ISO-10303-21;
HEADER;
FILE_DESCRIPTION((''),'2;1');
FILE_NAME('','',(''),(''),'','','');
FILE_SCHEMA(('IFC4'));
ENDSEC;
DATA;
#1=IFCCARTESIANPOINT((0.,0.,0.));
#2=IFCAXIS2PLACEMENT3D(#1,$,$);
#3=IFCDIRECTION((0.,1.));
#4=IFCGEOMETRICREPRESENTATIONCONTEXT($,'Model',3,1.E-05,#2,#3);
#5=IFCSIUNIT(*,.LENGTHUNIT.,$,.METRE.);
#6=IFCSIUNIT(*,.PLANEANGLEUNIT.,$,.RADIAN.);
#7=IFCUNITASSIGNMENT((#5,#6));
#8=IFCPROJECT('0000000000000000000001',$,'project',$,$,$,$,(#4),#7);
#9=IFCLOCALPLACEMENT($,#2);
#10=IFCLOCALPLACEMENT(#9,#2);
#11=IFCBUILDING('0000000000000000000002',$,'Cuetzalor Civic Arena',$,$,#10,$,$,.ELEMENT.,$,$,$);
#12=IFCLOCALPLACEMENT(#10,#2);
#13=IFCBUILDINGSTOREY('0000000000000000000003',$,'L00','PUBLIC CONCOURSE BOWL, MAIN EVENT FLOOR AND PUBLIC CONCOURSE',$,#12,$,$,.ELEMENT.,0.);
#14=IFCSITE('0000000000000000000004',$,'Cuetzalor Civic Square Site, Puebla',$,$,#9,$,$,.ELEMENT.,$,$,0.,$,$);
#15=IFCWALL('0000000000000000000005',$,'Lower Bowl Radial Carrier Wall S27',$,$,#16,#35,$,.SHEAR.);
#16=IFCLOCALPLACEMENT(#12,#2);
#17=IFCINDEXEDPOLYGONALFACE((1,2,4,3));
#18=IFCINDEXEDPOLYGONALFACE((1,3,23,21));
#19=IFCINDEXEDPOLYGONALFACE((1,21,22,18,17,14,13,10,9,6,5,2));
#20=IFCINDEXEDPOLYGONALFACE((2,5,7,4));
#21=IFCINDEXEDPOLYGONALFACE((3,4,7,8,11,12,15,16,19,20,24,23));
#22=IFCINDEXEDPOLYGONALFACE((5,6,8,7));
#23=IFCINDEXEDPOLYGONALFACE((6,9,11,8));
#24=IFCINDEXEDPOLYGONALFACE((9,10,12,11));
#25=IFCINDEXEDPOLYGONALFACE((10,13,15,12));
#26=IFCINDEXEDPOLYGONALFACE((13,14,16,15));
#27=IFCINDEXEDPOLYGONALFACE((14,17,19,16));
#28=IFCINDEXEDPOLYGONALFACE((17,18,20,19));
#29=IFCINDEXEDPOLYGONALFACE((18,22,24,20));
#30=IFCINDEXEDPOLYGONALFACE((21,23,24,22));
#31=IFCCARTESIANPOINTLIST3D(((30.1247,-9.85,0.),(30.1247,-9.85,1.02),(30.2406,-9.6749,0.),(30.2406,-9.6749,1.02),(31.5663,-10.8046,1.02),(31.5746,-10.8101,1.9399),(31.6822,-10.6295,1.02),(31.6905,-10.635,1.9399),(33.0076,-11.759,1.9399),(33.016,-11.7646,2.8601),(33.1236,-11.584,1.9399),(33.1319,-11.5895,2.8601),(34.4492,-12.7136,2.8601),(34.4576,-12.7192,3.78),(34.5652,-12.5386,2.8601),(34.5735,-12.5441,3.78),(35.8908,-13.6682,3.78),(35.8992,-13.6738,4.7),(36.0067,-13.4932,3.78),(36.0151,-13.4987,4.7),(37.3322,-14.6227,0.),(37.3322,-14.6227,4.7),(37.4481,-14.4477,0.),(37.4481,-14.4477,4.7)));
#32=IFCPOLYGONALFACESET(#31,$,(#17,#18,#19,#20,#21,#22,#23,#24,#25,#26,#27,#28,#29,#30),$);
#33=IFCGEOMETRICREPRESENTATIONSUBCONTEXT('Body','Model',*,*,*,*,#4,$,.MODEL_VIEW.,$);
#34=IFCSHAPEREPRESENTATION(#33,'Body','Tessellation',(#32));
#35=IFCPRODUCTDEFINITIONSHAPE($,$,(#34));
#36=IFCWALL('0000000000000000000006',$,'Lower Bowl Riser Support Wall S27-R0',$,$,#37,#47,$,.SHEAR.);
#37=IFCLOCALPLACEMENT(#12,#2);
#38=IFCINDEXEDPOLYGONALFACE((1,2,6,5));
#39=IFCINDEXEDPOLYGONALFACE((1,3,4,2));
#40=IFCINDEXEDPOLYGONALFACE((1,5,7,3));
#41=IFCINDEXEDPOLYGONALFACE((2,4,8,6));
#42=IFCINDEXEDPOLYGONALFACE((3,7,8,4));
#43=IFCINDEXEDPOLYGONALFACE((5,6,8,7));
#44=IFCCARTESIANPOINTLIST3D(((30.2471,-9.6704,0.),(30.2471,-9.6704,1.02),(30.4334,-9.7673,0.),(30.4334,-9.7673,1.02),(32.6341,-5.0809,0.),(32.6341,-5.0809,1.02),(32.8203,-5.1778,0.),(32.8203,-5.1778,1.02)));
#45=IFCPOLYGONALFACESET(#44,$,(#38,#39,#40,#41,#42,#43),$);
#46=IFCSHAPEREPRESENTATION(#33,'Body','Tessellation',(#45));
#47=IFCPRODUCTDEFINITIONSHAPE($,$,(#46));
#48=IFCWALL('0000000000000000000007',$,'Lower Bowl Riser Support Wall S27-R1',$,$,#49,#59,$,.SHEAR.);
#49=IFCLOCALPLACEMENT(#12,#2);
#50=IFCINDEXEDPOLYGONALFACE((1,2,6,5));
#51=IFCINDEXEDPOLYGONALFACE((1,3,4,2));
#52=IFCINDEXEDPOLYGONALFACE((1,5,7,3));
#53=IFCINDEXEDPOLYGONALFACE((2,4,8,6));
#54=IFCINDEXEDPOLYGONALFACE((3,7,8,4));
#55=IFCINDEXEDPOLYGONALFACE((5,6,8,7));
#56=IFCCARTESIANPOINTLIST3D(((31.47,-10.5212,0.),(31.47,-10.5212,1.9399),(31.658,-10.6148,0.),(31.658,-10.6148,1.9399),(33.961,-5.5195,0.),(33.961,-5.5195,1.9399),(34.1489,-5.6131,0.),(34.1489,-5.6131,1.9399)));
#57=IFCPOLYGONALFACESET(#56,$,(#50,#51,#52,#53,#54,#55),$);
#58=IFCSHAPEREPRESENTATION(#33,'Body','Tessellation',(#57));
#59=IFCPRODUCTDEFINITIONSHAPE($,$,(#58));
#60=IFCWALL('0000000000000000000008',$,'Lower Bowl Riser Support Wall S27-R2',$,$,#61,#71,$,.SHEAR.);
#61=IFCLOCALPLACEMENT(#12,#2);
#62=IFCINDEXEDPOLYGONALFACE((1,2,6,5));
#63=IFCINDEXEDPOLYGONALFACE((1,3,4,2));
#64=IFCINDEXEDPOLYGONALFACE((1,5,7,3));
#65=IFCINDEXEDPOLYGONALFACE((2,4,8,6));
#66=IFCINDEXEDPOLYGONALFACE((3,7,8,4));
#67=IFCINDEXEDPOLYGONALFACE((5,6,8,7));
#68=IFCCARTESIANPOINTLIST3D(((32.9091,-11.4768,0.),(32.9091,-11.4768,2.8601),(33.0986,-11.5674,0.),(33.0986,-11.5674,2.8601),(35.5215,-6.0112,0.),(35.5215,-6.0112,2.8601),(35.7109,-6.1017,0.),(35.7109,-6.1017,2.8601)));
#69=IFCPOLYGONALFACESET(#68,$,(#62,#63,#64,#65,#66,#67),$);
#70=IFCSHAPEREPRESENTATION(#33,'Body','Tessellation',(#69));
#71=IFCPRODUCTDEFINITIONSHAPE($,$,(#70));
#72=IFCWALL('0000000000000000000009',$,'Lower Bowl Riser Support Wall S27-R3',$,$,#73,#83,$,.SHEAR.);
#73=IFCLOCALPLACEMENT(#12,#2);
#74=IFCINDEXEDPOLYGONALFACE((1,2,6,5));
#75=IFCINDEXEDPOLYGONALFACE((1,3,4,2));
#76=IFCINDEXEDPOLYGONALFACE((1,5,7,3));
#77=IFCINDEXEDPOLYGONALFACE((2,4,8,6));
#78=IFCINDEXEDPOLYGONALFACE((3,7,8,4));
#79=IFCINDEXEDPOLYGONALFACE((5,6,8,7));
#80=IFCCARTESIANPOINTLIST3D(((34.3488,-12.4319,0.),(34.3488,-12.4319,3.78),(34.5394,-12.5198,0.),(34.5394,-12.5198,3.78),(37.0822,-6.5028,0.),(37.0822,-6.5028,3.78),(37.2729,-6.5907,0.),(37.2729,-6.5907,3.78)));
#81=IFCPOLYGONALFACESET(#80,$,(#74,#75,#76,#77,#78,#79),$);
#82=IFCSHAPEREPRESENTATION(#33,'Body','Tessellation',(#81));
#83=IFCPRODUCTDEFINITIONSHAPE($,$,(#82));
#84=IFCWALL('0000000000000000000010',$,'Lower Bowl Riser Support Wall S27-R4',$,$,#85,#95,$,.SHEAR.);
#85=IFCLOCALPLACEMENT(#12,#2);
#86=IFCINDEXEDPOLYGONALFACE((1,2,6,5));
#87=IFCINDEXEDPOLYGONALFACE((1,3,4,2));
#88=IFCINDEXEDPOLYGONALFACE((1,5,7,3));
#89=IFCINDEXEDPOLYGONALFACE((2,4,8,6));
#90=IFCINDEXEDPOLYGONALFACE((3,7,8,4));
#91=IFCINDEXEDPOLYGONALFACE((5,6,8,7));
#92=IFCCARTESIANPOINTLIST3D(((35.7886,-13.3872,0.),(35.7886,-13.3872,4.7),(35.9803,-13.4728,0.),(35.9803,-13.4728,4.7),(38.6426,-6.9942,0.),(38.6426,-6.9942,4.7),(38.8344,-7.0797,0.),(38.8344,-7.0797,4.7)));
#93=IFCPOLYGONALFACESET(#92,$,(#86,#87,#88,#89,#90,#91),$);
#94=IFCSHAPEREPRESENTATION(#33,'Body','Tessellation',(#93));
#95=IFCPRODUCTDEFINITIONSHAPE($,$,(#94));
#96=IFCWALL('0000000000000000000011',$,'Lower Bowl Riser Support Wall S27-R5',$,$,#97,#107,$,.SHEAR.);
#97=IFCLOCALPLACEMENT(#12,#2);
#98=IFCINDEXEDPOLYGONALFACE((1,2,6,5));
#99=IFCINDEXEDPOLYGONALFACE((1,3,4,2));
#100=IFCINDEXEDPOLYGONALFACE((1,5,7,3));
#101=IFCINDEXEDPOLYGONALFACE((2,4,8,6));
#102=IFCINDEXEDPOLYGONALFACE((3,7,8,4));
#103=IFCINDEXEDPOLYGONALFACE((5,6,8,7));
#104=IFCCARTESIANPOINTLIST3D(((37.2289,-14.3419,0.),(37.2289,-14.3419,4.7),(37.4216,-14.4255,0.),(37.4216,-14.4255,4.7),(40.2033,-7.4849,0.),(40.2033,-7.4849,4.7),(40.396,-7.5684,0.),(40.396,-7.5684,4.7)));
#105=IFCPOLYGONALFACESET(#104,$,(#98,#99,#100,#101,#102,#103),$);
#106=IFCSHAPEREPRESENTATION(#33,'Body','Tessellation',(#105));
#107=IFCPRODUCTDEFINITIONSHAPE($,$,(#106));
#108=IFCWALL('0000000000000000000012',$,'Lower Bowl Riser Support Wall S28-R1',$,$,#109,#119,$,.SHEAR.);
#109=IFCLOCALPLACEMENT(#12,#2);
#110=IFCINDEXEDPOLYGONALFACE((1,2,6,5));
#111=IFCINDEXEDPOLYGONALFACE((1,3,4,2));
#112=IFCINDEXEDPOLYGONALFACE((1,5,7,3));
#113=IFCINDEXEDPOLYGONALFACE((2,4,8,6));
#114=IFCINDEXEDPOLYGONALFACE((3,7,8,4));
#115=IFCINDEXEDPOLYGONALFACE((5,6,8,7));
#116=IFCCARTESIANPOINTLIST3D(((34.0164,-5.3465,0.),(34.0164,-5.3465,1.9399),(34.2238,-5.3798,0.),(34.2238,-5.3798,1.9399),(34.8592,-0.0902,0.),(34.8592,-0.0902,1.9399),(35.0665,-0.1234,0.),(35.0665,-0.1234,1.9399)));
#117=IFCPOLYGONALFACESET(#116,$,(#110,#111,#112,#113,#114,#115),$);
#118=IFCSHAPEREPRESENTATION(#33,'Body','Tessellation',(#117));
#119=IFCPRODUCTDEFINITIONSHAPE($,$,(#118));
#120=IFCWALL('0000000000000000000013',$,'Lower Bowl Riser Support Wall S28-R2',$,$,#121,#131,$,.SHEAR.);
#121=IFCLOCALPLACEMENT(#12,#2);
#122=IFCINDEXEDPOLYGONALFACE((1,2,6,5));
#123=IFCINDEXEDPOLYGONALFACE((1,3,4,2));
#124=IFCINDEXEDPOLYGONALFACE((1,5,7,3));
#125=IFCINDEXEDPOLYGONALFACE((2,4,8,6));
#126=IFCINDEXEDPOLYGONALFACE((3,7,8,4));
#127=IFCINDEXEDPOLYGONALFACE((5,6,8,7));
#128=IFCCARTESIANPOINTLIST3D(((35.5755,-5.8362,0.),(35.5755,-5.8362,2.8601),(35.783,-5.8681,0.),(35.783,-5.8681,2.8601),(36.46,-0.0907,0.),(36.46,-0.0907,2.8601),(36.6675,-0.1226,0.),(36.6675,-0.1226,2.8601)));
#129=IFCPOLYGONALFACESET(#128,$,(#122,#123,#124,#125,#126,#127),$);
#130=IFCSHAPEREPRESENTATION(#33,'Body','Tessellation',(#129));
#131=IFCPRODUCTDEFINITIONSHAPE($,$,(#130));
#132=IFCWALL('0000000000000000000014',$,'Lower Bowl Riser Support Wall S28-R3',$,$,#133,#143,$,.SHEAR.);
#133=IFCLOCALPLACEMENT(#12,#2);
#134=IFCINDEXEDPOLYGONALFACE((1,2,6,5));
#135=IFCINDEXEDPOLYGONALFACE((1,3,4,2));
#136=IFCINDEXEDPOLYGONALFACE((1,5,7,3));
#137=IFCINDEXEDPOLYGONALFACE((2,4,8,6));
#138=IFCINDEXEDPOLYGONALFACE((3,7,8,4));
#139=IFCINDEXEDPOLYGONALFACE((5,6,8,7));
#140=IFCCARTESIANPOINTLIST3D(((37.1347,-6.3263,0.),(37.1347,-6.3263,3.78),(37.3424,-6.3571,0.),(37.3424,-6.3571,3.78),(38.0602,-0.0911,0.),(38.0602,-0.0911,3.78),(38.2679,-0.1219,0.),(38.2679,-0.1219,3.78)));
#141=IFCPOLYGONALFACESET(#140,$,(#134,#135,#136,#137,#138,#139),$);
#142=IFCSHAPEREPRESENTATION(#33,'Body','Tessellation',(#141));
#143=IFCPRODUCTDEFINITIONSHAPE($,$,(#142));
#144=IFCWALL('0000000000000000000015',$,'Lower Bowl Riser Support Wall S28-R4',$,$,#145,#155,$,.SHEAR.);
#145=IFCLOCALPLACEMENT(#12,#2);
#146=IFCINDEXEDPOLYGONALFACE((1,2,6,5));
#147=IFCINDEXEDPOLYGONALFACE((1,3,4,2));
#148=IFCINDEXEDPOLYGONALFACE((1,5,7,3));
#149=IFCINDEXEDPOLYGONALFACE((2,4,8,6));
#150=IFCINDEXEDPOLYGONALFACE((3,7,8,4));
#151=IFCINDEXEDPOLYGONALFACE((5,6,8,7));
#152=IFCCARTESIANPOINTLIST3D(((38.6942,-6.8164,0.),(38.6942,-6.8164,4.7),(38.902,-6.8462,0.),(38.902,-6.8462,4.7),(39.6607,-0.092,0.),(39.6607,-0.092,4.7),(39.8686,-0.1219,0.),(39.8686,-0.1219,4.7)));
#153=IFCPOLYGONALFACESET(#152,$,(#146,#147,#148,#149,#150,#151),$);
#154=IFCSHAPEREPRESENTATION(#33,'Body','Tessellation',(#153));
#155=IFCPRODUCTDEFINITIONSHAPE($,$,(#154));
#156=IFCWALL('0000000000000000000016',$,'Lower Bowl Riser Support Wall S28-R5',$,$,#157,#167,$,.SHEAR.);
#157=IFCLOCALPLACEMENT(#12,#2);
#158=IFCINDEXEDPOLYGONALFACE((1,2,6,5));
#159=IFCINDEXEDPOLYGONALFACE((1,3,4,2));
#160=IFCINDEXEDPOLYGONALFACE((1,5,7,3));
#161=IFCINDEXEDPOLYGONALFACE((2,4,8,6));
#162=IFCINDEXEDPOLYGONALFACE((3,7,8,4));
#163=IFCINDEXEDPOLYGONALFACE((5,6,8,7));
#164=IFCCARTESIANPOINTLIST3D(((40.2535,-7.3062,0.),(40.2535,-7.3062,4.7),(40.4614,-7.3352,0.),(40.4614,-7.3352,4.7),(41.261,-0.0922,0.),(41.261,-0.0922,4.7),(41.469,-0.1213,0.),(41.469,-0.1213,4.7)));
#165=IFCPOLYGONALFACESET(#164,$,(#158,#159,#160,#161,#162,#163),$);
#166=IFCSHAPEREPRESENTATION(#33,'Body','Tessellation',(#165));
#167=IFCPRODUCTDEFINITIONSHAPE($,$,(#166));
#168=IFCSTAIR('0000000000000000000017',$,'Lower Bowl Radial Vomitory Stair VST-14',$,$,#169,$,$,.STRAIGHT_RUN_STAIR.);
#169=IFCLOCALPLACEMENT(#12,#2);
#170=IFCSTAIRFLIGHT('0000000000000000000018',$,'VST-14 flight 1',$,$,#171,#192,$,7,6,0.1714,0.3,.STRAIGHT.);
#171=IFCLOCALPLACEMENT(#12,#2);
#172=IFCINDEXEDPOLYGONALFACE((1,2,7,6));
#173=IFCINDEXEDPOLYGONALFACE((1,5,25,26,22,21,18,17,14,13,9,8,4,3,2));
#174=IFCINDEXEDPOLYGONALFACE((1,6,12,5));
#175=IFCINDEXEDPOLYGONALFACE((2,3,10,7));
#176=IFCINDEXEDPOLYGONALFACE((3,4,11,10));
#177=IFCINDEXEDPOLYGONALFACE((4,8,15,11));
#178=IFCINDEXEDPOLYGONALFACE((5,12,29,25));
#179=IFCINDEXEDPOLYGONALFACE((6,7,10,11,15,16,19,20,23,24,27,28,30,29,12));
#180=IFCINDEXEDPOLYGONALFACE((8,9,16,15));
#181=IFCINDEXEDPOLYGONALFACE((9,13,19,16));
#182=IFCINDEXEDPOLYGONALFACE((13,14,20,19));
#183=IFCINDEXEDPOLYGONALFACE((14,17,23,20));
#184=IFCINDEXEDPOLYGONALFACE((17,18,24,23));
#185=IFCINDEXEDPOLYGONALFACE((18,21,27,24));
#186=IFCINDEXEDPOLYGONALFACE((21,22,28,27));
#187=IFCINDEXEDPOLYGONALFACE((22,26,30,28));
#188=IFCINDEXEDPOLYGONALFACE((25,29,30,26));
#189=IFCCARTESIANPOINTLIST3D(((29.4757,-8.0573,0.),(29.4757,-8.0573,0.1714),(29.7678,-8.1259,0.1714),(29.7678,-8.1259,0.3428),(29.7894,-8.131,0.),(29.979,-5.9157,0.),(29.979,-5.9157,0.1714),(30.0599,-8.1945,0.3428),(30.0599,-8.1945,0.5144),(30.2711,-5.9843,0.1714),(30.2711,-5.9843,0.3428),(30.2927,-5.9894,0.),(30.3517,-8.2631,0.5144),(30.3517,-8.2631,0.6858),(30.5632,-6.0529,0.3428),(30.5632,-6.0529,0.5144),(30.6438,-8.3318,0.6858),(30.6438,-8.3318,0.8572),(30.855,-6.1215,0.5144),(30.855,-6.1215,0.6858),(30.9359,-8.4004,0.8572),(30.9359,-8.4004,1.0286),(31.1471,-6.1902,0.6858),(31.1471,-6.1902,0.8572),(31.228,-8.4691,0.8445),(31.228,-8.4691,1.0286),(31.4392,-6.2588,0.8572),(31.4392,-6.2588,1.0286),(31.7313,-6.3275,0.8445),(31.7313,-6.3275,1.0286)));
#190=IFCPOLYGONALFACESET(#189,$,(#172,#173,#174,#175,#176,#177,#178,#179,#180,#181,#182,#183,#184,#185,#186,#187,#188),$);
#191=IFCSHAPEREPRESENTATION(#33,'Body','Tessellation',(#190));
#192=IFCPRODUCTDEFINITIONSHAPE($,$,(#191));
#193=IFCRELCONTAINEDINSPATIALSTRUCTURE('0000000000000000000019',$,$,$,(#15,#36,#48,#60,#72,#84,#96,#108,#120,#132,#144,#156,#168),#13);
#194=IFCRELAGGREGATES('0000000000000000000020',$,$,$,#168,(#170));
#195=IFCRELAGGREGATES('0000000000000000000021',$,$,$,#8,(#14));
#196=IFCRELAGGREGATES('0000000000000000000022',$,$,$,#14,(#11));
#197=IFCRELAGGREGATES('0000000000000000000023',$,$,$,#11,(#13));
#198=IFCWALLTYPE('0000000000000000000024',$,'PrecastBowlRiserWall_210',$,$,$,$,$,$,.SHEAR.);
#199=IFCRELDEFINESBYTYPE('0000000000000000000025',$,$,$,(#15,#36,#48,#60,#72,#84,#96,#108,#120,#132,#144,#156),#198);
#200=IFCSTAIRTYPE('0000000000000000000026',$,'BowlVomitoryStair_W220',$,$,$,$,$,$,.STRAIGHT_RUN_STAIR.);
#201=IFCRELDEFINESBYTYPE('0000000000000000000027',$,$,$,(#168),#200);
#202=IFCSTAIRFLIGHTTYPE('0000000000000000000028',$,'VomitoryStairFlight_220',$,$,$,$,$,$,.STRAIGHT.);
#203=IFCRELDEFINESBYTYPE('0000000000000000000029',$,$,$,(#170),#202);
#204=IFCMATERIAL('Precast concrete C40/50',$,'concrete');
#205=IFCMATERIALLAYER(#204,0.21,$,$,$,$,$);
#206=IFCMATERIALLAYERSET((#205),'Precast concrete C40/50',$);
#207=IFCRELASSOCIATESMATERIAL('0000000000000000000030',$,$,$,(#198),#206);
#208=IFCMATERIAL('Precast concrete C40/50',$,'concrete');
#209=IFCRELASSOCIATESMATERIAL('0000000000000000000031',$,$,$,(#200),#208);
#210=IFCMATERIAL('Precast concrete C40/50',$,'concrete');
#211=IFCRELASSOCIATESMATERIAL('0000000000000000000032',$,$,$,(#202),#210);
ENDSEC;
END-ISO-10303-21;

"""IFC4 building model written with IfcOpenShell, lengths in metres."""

from ifc_helpers import new_model, si_unit, direction, frame, frame_2d, origin, place, context, subcontext, project, spatial, polyline, rectangle, outline, extrude, material, layer, layer_set, type_object, element, aggregate, save


model = new_model("IFC4")

# Units and contexts
model_context = context("Model", 3, precision=1e-05, world=origin(), true_north=direction((0.0, 1.0)))
body_context = subcontext(model_context, "Body", "Model", "MODEL_VIEW")
ifc_project = project(units=[si_unit("LENGTHUNIT", "METRE"), si_unit("PLANEANGLEUNIT", "RADIAN")], contexts=[model_context])

# Site, building, storey
site_placement = place(None, origin())
site = spatial("IfcSite", under=ifc_project, at=site_placement, Name="Cuetzalor Civic Square Site, Puebla", CompositionType="ELEMENT", RefElevation=0.0)
building_placement = place(site_placement, origin())
building = spatial("IfcBuilding", under=site, at=building_placement, Name="Cuetzalor Civic Arena", CompositionType="ELEMENT")
storey_placement = place(building_placement, origin())
storey = spatial("IfcBuildingStorey", under=building, at=storey_placement, Name="L00", Description="PUBLIC CONCOURSE BOWL, MAIN EVENT FLOOR AND PUBLIC CONCOURSE", CompositionType="ELEMENT", Elevation=0.0)

# Walls
ifc_material_1 = material(Name="Precast concrete C40/50", Category="concrete")
ifc_layer_1 = layer(ifc_material_1, 0.21)
ifc_layer_set_1 = layer_set([ifc_layer_1], Name="Precast concrete C40/50")
wall_type_1 = type_object("IfcWallType", Name="PrecastBowlRiserWall_210", PredefinedType="SHEAR", material=ifc_layer_set_1)
wall_1_placement = place(storey_placement, frame((30.1826, -9.7625, 0.0), z_axis=(0.0, 0.0, 1.0), x_axis=(0.833771, -0.55211, 0.0)))
element("IfcWall", 1, at=wall_1_placement, inside=storey, type_object=wall_type_1, Name="Lower Bowl Radial Carrier Wall S27", PredefinedType="SHEAR", context=body_context, shape_type="SweptSolid", body=[
    extrude(outline(polyline([(0.0, 0.0), (8.6445, 0.0), (8.6445, 4.7), (6.9258, 4.7), (6.9158, 3.78), (5.1968, 3.78), (5.1868, 2.8601), (3.4678, 2.8601), (3.4578, 1.9399), (1.739, 1.9399), (1.729, 1.02), (0.0, 1.02), (0.0, 0.0)])), frame((0.0, 0.105, 0.0), z_axis=(0.0, -1.0, 0.0), x_axis=(1.0, 0.0, 0.0)), (0.0, 0.0, 1.0), 0.21),
])
wall_2_placement = place(storey_placement, frame((30.3403, -9.7188, 0.0), z_axis=(0.0, 0.0, 1.0), x_axis=(0.461409, 0.887187, 0.0)))
element("IfcWall", 2, at=wall_2_placement, inside=storey, type_object=wall_type_1, Name="Lower Bowl Riser Support Wall S27-R0", PredefinedType="SHEAR", context=body_context, shape_type="SweptSolid", body=[
    extrude(rectangle(XDim=5.1731, YDim=0.21, at=frame_2d((2.5864, 0.0))), origin(), (0.0, 0.0, 1.0), 1.02),
])
wall_3_placement = place(storey_placement, frame((31.564, -10.5681, 0.0), z_axis=(0.0, 0.0, 1.0), x_axis=(0.445797, 0.895134, 0.0)))
element("IfcWall", 3, at=wall_3_placement, inside=storey, type_object=wall_type_1, Name="Lower Bowl Riser Support Wall S27-R1", PredefinedType="SHEAR", context=body_context, shape_type="SweptSolid", body=[
    extrude(rectangle(XDim=5.5876, YDim=0.21, at=frame_2d((2.7939, 0.0))), origin(), (0.0, 0.0, 1.0), 1.9399),
])
wall_4_placement = place(storey_placement, frame((33.0039, -11.522, 0.0), z_axis=(0.0, 0.0, 1.0), x_axis=(0.431232, 0.902241, 0.0)))
element("IfcWall", 4, at=wall_4_placement, inside=storey, type_object=wall_type_1, Name="Lower Bowl Riser Support Wall S27-R2", PredefinedType="SHEAR", context=body_context, shape_type="SweptSolid", body=[
    extrude(rectangle(XDim=6.0579, YDim=0.21, at=frame_2d((3.0288, 0.0))), origin(), (0.0, 0.0, 1.0), 2.8601),
])
wall_5_placement = place(storey_placement, frame((34.4441, -12.4758, 0.0), z_axis=(0.0, 0.0, 1.0), x_axis=(0.418674, 0.908137, 0.0)))
element("IfcWall", 5, at=wall_5_placement, inside=storey, type_object=wall_type_1, Name="Lower Bowl Riser Support Wall S27-R3", PredefinedType="SHEAR", context=body_context, shape_type="SweptSolid", body=[
    extrude(rectangle(XDim=6.5288, YDim=0.21, at=frame_2d((3.2644, 0.0))), origin(), (0.0, 0.0, 1.0), 3.78),
])
wall_6_placement = place(storey_placement, frame((35.8845, -13.4299, 0.0), z_axis=(0.0, 0.0, 1.0), x_axis=(0.407646, 0.91314, 0.0)))
element("IfcWall", 6, at=wall_6_placement, inside=storey, type_object=wall_type_1, Name="Lower Bowl Riser Support Wall S27-R4", PredefinedType="SHEAR", context=body_context, shape_type="SweptSolid", body=[
    extrude(rectangle(XDim=7.0012, YDim=0.21, at=frame_2d((3.5005, 0.0))), origin(), (0.0, 0.0, 1.0), 4.7),
])
wall_7_placement = place(storey_placement, frame((37.3252, -14.3838, 0.0), z_axis=(0.0, 0.0, 1.0), x_axis=(0.397948, 0.917408, 0.0)))
element("IfcWall", 7, at=wall_7_placement, inside=storey, type_object=wall_type_1, Name="Lower Bowl Riser Support Wall S27-R5", PredefinedType="SHEAR", context=body_context, shape_type="SweptSolid", body=[
    extrude(rectangle(XDim=7.4744, YDim=0.21, at=frame_2d((3.7373, 0.0))), origin(), (0.0, 0.0, 1.0), 4.7),
])
wall_8_placement = place(storey_placement, frame((34.1201, -5.363, 0.0), z_axis=(0.0, 0.0, 1.0), x_axis=(0.158312, 0.987389, 0.0)))
element("IfcWall", 8, at=wall_8_placement, inside=storey, type_object=wall_type_1, Name="Lower Bowl Riser Support Wall S28-R1", PredefinedType="SHEAR", context=body_context, shape_type="SweptSolid", body=[
    extrude(rectangle(XDim=5.3235, YDim=0.21, at=frame_2d((2.6616, 0.0))), origin(), (0.0, 0.0, 1.0), 1.9399),
])
wall_9_placement = place(storey_placement, frame((35.6792, -5.8523, 0.0), z_axis=(0.0, 0.0, 1.0), x_axis=(0.152155, 0.988357, 0.0)))
element("IfcWall", 9, at=wall_9_placement, inside=storey, type_object=wall_type_1, Name="Lower Bowl Riser Support Wall S28-R2", PredefinedType="SHEAR", context=body_context, shape_type="SweptSolid", body=[
    extrude(rectangle(XDim=5.8132, YDim=0.21, at=frame_2d((2.9067, 0.0))), origin(), (0.0, 0.0, 1.0), 2.8601),
])
wall_10_placement = place(storey_placement, frame((37.2385, -6.3418, 0.0), z_axis=(0.0, 0.0, 1.0), x_axis=(0.146831, 0.989162, 0.0)))
element("IfcWall", 10, at=wall_10_placement, inside=storey, type_object=wall_type_1, Name="Lower Bowl Riser Support Wall S28-R3", PredefinedType="SHEAR", context=body_context, shape_type="SweptSolid", body=[
    extrude(rectangle(XDim=6.3035, YDim=0.21, at=frame_2d((3.1519, 0.0))), origin(), (0.0, 0.0, 1.0), 3.78),
])
wall_11_placement = place(storey_placement, frame((38.7981, -6.8313, 0.0), z_axis=(0.0, 0.0, 1.0), x_axis=(0.142277, 0.989827, 0.0)))
element("IfcWall", 11, at=wall_11_placement, inside=storey, type_object=wall_type_1, Name="Lower Bowl Riser Support Wall S28-R4", PredefinedType="SHEAR", context=body_context, shape_type="SweptSolid", body=[
    extrude(rectangle(XDim=6.7935, YDim=0.21, at=frame_2d((3.3967, 0.0))), origin(), (0.0, 0.0, 1.0), 4.7),
])
wall_12_placement = place(storey_placement, frame((40.3574, -7.3208, 0.0), z_axis=(0.0, 0.0, 1.0), x_axis=(0.138328, 0.990386, 0.0)))
element("IfcWall", 12, at=wall_12_placement, inside=storey, type_object=wall_type_1, Name="Lower Bowl Riser Support Wall S28-R5", PredefinedType="SHEAR", context=body_context, shape_type="SweptSolid", body=[
    extrude(rectangle(XDim=7.2839, YDim=0.21, at=frame_2d((3.6421, 0.0))), origin(), (0.0, 0.0, 1.0), 4.7),
])

# Stair, stair flight
ifc_material_2 = material(Name="Precast concrete C40/50", Category="concrete")
stair_type = type_object("IfcStairType", Name="BowlVomitoryStair_W220", PredefinedType="STRAIGHT_RUN_STAIR", material=ifc_material_2)
stair_placement = place(storey_placement, origin())
stair = element("IfcStair", 13, at=stair_placement, inside=storey, type_object=stair_type, Name="Lower Bowl Radial Vomitory Stair VST-14", PredefinedType="STRAIGHT_RUN_STAIR")
ifc_material_3 = material(Name="Precast concrete C40/50", Category="concrete")
stair_flight_type = type_object("IfcStairFlightType", Name="VomitoryStairFlight_220", PredefinedType="STRAIGHT", material=ifc_material_3)
stair_flight_placement = place(storey_placement, frame((29.7273, -6.9866, 0.0), z_axis=(0.0, 0.0, 1.0), x_axis=(0.973479, -0.228776, 0.0)))
stair_flight = element("IfcStairFlight", 14, at=stair_flight_placement, type_object=stair_flight_type, Name="VST-14 flight 1", NumberOfRisers=7, NumberOfTreads=6, PredefinedType="STRAIGHT", RiserHeight=0.1714, TreadLength=0.3, context=body_context, shape_type="SweptSolid", body=[
    extrude(outline(polyline([(0.0, 0.0), (0.0, 0.1714), (0.3, 0.1714), (0.3, 0.3428), (0.6001, 0.3428), (0.6001, 0.5144), (0.8999, 0.5144), (0.8999, 0.6858), (1.2, 0.6858), (1.2, 0.8572), (1.5, 0.8572), (1.5, 1.0286), (1.8, 1.0286), (1.8, 1.2), (1.8, 0.8445), (0.3223, 0.0), (0.0, 0.0)])), frame((0.0, 1.1001, 0.0), z_axis=(0.0, -1.0, 0.0), x_axis=(1.0, 0.0, 0.0)), (0.0, 0.0, 1.0), 2.2),
])
aggregate(stair, [stair_flight])

save(model, "model.ifc")
